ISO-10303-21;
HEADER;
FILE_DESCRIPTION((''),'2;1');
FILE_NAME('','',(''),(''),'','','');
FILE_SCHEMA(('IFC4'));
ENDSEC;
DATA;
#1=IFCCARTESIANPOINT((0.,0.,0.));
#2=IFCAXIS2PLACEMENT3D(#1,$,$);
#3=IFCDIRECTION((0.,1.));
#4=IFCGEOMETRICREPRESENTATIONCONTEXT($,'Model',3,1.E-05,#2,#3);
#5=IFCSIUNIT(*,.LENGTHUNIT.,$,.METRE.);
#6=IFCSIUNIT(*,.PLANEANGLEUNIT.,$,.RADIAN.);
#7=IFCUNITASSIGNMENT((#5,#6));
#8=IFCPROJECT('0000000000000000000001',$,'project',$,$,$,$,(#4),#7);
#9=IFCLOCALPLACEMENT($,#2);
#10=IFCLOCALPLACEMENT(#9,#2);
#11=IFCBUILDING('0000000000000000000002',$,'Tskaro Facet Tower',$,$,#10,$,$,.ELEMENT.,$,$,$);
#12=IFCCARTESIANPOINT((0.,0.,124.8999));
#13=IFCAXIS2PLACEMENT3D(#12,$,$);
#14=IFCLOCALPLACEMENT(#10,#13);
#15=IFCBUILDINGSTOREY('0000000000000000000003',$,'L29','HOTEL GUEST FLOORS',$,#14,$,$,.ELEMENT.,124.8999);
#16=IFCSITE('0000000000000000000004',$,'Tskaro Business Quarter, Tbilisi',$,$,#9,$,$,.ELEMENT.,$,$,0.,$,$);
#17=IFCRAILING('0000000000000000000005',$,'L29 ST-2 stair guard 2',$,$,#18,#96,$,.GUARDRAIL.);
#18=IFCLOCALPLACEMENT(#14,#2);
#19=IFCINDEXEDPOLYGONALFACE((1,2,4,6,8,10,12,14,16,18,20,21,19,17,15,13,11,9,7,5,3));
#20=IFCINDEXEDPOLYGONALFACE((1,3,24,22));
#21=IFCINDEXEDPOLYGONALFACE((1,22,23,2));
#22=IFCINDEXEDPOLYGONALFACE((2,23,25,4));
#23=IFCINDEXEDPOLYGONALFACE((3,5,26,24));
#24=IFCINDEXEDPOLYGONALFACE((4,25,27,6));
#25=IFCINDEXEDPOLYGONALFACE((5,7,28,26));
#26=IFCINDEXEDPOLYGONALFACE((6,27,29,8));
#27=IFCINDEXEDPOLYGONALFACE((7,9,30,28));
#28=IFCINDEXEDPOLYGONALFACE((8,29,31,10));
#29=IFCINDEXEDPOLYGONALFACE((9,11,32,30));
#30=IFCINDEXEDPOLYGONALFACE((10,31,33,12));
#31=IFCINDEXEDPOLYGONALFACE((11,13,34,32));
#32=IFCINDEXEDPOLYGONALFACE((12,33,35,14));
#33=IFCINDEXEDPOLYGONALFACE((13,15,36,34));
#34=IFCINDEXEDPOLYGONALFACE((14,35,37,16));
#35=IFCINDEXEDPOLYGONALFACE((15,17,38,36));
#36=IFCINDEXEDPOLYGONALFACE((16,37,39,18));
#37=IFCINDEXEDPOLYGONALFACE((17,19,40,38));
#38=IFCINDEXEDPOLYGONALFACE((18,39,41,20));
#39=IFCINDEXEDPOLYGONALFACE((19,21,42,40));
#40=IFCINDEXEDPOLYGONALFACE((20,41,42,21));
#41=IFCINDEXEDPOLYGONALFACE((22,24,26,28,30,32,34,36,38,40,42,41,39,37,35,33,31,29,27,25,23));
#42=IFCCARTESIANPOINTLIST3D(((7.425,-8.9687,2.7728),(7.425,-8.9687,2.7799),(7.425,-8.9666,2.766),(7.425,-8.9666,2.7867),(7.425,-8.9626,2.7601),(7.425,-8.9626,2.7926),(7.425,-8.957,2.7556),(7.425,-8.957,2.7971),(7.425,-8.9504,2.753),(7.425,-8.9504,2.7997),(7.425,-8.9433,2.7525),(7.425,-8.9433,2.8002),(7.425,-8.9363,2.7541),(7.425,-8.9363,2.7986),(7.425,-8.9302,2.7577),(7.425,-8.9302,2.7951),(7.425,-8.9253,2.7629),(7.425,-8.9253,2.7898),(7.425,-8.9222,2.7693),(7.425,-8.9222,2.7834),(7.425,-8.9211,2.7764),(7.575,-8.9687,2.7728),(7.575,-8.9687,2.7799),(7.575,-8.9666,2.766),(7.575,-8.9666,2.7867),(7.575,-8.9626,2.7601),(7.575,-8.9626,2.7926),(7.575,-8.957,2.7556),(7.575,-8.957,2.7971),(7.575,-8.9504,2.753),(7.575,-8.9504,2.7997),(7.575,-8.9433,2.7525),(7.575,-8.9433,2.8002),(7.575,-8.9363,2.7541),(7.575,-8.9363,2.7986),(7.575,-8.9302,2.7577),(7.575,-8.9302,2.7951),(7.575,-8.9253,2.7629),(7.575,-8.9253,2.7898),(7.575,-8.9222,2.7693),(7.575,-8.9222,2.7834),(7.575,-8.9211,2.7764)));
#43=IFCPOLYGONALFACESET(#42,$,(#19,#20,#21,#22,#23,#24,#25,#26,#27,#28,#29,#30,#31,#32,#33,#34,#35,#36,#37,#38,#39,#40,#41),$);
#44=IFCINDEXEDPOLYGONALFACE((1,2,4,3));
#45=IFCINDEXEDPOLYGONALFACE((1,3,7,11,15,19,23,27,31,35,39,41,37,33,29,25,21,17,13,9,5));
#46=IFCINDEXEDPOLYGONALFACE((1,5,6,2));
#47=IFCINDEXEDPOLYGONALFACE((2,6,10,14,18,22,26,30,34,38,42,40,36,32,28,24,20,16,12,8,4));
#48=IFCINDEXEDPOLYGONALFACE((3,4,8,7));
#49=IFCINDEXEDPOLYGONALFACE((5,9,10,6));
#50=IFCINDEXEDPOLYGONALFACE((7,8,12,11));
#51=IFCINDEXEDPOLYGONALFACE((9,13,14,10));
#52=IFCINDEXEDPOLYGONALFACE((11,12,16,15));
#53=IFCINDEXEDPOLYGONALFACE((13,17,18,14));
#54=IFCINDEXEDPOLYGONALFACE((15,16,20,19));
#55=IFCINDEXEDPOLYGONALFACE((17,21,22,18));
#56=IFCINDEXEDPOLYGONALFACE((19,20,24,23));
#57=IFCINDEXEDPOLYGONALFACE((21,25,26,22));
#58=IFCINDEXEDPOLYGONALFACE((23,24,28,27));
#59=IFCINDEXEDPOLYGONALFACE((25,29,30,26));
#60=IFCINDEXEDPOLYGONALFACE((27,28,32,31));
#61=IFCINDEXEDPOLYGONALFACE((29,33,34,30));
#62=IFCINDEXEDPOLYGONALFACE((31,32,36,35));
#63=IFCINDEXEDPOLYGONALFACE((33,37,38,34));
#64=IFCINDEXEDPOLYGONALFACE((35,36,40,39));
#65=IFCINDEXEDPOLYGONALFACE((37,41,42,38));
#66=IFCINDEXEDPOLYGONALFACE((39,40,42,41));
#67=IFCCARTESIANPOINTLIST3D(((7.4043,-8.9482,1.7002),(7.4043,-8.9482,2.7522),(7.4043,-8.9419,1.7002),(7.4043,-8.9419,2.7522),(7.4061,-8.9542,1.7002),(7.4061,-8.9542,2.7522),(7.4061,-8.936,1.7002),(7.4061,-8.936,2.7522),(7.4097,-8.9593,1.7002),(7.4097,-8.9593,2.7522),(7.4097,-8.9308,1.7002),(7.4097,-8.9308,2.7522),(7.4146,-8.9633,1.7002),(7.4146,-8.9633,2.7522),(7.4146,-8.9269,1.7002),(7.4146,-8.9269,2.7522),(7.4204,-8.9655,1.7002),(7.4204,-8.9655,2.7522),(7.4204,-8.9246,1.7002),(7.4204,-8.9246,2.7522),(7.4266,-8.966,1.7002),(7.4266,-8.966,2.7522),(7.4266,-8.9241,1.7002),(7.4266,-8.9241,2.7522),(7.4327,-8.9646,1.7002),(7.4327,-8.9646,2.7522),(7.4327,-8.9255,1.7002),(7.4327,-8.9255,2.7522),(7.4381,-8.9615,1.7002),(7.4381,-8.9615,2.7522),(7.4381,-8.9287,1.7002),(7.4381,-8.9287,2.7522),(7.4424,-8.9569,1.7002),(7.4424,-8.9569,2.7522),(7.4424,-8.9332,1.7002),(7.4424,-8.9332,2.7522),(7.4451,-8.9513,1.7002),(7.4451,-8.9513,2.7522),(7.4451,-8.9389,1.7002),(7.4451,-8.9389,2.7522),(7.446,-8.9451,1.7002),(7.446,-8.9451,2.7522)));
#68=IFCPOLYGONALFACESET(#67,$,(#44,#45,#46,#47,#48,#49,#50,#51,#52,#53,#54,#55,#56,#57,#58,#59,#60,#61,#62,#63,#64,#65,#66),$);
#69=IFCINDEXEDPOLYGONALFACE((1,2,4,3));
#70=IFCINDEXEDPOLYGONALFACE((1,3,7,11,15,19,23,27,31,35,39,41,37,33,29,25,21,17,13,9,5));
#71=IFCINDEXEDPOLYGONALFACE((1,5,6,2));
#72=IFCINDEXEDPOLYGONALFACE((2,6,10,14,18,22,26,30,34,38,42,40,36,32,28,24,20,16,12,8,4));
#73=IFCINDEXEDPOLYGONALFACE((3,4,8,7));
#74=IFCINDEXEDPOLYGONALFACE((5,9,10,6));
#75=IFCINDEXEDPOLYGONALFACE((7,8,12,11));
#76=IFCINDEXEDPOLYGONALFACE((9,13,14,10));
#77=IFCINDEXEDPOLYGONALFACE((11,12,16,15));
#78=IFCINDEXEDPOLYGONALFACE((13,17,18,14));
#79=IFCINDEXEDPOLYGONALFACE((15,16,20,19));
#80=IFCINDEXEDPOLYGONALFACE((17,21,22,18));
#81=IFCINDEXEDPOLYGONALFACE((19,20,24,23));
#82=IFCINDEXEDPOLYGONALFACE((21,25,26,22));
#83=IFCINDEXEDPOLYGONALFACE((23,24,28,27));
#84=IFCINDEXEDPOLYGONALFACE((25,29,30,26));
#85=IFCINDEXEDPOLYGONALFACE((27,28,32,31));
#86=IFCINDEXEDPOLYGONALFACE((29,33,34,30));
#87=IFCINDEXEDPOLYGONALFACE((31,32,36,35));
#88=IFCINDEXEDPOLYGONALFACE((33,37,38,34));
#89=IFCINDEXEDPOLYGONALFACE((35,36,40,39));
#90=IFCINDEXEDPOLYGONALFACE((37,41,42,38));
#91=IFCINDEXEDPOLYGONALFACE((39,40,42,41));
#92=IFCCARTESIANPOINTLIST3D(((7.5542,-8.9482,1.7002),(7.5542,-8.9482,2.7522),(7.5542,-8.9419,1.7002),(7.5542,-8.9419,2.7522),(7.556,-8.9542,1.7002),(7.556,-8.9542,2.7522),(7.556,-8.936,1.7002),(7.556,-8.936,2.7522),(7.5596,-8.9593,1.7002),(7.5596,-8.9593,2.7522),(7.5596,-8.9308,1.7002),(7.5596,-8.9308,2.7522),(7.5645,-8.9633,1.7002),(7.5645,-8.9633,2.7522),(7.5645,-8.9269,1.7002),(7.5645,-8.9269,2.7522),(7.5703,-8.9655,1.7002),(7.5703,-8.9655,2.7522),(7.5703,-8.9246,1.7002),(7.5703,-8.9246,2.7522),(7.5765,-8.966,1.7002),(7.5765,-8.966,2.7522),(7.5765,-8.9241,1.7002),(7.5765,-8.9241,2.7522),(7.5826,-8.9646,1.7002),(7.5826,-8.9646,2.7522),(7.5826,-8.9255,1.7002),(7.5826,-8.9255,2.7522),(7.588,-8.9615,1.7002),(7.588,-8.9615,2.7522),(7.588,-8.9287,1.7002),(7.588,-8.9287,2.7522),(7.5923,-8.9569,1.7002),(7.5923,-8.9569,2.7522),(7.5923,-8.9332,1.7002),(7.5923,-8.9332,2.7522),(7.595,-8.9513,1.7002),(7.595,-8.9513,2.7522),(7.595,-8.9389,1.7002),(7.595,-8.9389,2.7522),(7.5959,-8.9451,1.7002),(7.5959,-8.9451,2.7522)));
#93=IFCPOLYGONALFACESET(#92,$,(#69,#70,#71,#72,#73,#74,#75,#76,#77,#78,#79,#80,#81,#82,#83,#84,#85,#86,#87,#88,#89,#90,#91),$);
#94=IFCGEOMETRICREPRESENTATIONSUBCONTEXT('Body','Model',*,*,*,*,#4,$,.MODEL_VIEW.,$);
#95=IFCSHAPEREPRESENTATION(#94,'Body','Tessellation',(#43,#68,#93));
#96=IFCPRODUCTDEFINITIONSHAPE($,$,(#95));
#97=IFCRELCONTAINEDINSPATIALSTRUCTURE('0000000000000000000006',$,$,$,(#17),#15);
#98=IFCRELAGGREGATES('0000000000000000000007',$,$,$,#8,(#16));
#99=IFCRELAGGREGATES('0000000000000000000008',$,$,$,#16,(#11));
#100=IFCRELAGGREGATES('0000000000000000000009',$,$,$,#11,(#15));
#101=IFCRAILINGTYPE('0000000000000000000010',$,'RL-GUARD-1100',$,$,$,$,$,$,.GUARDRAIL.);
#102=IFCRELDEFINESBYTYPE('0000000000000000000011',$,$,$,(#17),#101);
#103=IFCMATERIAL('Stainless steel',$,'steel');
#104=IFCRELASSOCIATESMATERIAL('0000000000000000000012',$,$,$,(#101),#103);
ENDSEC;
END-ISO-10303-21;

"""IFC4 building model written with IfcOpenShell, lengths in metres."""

from ifc_helpers import new_model, si_unit, direction, frame, origin, origin_2d, place, context, subcontext, project, spatial, circle, extrude, material, type_object, element, save


model = new_model("IFC4")

# Units and contexts
model_context = context("Model", 3, precision=1e-05, world=origin(), true_north=direction((0.0, 1.0)))
body_context = subcontext(model_context, "Body", "Model", "MODEL_VIEW")
ifc_project = project(units=[si_unit("LENGTHUNIT", "METRE"), si_unit("PLANEANGLEUNIT", "RADIAN")], contexts=[model_context])

# Site, building, storey
site_placement = place(None, origin())
site = spatial("IfcSite", under=ifc_project, at=site_placement, Name="Tskaro Business Quarter, Tbilisi", CompositionType="ELEMENT", RefElevation=0.0)
building_placement = place(site_placement, origin())
building = spatial("IfcBuilding", under=site, at=building_placement, Name="Tskaro Facet Tower", CompositionType="ELEMENT")
storey_placement = place(building_placement, frame((0.0, 0.0, 124.8999)))
storey = spatial("IfcBuildingStorey", under=building, at=storey_placement, Name="L29", Description="HOTEL GUEST FLOORS", CompositionType="ELEMENT", Elevation=124.8999)

# Railing
ifc_material_1 = material(Name="Stainless steel", Category="steel")
railing_type_1 = type_object("IfcRailingType", Name="RL-GUARD-1100", PredefinedType="GUARDRAIL", material=ifc_material_1)
railing_1_placement = place(storey_placement, frame((7.425, -8.9451, 1.7002)))
element("IfcRailing", 1, at=railing_1_placement, inside=storey, type_object=railing_type_1, Name="L29 ST-2 stair guard 2", PredefinedType="GUARDRAIL", context=body_context, shape_type="SweptSolid", body=[
    extrude(circle(Radius=0.0239, at=origin_2d()), frame((0.0, 0.0, 1.0762), z_axis=(1.0, 0.0, 0.0), x_axis=(0.0, 1.0, 0.0)), (0.0, 0.0, 1.0), 0.1499),
    extrude(circle(Radius=0.021, at=origin_2d()), origin(), (0.0, 0.0, 1.0), 1.052),
    extrude(circle(Radius=0.021, at=origin_2d()), frame((0.1499, 0.0, 0.0)), (0.0, 0.0, 1.0), 1.052),
])

save(model, "model.ifc")
